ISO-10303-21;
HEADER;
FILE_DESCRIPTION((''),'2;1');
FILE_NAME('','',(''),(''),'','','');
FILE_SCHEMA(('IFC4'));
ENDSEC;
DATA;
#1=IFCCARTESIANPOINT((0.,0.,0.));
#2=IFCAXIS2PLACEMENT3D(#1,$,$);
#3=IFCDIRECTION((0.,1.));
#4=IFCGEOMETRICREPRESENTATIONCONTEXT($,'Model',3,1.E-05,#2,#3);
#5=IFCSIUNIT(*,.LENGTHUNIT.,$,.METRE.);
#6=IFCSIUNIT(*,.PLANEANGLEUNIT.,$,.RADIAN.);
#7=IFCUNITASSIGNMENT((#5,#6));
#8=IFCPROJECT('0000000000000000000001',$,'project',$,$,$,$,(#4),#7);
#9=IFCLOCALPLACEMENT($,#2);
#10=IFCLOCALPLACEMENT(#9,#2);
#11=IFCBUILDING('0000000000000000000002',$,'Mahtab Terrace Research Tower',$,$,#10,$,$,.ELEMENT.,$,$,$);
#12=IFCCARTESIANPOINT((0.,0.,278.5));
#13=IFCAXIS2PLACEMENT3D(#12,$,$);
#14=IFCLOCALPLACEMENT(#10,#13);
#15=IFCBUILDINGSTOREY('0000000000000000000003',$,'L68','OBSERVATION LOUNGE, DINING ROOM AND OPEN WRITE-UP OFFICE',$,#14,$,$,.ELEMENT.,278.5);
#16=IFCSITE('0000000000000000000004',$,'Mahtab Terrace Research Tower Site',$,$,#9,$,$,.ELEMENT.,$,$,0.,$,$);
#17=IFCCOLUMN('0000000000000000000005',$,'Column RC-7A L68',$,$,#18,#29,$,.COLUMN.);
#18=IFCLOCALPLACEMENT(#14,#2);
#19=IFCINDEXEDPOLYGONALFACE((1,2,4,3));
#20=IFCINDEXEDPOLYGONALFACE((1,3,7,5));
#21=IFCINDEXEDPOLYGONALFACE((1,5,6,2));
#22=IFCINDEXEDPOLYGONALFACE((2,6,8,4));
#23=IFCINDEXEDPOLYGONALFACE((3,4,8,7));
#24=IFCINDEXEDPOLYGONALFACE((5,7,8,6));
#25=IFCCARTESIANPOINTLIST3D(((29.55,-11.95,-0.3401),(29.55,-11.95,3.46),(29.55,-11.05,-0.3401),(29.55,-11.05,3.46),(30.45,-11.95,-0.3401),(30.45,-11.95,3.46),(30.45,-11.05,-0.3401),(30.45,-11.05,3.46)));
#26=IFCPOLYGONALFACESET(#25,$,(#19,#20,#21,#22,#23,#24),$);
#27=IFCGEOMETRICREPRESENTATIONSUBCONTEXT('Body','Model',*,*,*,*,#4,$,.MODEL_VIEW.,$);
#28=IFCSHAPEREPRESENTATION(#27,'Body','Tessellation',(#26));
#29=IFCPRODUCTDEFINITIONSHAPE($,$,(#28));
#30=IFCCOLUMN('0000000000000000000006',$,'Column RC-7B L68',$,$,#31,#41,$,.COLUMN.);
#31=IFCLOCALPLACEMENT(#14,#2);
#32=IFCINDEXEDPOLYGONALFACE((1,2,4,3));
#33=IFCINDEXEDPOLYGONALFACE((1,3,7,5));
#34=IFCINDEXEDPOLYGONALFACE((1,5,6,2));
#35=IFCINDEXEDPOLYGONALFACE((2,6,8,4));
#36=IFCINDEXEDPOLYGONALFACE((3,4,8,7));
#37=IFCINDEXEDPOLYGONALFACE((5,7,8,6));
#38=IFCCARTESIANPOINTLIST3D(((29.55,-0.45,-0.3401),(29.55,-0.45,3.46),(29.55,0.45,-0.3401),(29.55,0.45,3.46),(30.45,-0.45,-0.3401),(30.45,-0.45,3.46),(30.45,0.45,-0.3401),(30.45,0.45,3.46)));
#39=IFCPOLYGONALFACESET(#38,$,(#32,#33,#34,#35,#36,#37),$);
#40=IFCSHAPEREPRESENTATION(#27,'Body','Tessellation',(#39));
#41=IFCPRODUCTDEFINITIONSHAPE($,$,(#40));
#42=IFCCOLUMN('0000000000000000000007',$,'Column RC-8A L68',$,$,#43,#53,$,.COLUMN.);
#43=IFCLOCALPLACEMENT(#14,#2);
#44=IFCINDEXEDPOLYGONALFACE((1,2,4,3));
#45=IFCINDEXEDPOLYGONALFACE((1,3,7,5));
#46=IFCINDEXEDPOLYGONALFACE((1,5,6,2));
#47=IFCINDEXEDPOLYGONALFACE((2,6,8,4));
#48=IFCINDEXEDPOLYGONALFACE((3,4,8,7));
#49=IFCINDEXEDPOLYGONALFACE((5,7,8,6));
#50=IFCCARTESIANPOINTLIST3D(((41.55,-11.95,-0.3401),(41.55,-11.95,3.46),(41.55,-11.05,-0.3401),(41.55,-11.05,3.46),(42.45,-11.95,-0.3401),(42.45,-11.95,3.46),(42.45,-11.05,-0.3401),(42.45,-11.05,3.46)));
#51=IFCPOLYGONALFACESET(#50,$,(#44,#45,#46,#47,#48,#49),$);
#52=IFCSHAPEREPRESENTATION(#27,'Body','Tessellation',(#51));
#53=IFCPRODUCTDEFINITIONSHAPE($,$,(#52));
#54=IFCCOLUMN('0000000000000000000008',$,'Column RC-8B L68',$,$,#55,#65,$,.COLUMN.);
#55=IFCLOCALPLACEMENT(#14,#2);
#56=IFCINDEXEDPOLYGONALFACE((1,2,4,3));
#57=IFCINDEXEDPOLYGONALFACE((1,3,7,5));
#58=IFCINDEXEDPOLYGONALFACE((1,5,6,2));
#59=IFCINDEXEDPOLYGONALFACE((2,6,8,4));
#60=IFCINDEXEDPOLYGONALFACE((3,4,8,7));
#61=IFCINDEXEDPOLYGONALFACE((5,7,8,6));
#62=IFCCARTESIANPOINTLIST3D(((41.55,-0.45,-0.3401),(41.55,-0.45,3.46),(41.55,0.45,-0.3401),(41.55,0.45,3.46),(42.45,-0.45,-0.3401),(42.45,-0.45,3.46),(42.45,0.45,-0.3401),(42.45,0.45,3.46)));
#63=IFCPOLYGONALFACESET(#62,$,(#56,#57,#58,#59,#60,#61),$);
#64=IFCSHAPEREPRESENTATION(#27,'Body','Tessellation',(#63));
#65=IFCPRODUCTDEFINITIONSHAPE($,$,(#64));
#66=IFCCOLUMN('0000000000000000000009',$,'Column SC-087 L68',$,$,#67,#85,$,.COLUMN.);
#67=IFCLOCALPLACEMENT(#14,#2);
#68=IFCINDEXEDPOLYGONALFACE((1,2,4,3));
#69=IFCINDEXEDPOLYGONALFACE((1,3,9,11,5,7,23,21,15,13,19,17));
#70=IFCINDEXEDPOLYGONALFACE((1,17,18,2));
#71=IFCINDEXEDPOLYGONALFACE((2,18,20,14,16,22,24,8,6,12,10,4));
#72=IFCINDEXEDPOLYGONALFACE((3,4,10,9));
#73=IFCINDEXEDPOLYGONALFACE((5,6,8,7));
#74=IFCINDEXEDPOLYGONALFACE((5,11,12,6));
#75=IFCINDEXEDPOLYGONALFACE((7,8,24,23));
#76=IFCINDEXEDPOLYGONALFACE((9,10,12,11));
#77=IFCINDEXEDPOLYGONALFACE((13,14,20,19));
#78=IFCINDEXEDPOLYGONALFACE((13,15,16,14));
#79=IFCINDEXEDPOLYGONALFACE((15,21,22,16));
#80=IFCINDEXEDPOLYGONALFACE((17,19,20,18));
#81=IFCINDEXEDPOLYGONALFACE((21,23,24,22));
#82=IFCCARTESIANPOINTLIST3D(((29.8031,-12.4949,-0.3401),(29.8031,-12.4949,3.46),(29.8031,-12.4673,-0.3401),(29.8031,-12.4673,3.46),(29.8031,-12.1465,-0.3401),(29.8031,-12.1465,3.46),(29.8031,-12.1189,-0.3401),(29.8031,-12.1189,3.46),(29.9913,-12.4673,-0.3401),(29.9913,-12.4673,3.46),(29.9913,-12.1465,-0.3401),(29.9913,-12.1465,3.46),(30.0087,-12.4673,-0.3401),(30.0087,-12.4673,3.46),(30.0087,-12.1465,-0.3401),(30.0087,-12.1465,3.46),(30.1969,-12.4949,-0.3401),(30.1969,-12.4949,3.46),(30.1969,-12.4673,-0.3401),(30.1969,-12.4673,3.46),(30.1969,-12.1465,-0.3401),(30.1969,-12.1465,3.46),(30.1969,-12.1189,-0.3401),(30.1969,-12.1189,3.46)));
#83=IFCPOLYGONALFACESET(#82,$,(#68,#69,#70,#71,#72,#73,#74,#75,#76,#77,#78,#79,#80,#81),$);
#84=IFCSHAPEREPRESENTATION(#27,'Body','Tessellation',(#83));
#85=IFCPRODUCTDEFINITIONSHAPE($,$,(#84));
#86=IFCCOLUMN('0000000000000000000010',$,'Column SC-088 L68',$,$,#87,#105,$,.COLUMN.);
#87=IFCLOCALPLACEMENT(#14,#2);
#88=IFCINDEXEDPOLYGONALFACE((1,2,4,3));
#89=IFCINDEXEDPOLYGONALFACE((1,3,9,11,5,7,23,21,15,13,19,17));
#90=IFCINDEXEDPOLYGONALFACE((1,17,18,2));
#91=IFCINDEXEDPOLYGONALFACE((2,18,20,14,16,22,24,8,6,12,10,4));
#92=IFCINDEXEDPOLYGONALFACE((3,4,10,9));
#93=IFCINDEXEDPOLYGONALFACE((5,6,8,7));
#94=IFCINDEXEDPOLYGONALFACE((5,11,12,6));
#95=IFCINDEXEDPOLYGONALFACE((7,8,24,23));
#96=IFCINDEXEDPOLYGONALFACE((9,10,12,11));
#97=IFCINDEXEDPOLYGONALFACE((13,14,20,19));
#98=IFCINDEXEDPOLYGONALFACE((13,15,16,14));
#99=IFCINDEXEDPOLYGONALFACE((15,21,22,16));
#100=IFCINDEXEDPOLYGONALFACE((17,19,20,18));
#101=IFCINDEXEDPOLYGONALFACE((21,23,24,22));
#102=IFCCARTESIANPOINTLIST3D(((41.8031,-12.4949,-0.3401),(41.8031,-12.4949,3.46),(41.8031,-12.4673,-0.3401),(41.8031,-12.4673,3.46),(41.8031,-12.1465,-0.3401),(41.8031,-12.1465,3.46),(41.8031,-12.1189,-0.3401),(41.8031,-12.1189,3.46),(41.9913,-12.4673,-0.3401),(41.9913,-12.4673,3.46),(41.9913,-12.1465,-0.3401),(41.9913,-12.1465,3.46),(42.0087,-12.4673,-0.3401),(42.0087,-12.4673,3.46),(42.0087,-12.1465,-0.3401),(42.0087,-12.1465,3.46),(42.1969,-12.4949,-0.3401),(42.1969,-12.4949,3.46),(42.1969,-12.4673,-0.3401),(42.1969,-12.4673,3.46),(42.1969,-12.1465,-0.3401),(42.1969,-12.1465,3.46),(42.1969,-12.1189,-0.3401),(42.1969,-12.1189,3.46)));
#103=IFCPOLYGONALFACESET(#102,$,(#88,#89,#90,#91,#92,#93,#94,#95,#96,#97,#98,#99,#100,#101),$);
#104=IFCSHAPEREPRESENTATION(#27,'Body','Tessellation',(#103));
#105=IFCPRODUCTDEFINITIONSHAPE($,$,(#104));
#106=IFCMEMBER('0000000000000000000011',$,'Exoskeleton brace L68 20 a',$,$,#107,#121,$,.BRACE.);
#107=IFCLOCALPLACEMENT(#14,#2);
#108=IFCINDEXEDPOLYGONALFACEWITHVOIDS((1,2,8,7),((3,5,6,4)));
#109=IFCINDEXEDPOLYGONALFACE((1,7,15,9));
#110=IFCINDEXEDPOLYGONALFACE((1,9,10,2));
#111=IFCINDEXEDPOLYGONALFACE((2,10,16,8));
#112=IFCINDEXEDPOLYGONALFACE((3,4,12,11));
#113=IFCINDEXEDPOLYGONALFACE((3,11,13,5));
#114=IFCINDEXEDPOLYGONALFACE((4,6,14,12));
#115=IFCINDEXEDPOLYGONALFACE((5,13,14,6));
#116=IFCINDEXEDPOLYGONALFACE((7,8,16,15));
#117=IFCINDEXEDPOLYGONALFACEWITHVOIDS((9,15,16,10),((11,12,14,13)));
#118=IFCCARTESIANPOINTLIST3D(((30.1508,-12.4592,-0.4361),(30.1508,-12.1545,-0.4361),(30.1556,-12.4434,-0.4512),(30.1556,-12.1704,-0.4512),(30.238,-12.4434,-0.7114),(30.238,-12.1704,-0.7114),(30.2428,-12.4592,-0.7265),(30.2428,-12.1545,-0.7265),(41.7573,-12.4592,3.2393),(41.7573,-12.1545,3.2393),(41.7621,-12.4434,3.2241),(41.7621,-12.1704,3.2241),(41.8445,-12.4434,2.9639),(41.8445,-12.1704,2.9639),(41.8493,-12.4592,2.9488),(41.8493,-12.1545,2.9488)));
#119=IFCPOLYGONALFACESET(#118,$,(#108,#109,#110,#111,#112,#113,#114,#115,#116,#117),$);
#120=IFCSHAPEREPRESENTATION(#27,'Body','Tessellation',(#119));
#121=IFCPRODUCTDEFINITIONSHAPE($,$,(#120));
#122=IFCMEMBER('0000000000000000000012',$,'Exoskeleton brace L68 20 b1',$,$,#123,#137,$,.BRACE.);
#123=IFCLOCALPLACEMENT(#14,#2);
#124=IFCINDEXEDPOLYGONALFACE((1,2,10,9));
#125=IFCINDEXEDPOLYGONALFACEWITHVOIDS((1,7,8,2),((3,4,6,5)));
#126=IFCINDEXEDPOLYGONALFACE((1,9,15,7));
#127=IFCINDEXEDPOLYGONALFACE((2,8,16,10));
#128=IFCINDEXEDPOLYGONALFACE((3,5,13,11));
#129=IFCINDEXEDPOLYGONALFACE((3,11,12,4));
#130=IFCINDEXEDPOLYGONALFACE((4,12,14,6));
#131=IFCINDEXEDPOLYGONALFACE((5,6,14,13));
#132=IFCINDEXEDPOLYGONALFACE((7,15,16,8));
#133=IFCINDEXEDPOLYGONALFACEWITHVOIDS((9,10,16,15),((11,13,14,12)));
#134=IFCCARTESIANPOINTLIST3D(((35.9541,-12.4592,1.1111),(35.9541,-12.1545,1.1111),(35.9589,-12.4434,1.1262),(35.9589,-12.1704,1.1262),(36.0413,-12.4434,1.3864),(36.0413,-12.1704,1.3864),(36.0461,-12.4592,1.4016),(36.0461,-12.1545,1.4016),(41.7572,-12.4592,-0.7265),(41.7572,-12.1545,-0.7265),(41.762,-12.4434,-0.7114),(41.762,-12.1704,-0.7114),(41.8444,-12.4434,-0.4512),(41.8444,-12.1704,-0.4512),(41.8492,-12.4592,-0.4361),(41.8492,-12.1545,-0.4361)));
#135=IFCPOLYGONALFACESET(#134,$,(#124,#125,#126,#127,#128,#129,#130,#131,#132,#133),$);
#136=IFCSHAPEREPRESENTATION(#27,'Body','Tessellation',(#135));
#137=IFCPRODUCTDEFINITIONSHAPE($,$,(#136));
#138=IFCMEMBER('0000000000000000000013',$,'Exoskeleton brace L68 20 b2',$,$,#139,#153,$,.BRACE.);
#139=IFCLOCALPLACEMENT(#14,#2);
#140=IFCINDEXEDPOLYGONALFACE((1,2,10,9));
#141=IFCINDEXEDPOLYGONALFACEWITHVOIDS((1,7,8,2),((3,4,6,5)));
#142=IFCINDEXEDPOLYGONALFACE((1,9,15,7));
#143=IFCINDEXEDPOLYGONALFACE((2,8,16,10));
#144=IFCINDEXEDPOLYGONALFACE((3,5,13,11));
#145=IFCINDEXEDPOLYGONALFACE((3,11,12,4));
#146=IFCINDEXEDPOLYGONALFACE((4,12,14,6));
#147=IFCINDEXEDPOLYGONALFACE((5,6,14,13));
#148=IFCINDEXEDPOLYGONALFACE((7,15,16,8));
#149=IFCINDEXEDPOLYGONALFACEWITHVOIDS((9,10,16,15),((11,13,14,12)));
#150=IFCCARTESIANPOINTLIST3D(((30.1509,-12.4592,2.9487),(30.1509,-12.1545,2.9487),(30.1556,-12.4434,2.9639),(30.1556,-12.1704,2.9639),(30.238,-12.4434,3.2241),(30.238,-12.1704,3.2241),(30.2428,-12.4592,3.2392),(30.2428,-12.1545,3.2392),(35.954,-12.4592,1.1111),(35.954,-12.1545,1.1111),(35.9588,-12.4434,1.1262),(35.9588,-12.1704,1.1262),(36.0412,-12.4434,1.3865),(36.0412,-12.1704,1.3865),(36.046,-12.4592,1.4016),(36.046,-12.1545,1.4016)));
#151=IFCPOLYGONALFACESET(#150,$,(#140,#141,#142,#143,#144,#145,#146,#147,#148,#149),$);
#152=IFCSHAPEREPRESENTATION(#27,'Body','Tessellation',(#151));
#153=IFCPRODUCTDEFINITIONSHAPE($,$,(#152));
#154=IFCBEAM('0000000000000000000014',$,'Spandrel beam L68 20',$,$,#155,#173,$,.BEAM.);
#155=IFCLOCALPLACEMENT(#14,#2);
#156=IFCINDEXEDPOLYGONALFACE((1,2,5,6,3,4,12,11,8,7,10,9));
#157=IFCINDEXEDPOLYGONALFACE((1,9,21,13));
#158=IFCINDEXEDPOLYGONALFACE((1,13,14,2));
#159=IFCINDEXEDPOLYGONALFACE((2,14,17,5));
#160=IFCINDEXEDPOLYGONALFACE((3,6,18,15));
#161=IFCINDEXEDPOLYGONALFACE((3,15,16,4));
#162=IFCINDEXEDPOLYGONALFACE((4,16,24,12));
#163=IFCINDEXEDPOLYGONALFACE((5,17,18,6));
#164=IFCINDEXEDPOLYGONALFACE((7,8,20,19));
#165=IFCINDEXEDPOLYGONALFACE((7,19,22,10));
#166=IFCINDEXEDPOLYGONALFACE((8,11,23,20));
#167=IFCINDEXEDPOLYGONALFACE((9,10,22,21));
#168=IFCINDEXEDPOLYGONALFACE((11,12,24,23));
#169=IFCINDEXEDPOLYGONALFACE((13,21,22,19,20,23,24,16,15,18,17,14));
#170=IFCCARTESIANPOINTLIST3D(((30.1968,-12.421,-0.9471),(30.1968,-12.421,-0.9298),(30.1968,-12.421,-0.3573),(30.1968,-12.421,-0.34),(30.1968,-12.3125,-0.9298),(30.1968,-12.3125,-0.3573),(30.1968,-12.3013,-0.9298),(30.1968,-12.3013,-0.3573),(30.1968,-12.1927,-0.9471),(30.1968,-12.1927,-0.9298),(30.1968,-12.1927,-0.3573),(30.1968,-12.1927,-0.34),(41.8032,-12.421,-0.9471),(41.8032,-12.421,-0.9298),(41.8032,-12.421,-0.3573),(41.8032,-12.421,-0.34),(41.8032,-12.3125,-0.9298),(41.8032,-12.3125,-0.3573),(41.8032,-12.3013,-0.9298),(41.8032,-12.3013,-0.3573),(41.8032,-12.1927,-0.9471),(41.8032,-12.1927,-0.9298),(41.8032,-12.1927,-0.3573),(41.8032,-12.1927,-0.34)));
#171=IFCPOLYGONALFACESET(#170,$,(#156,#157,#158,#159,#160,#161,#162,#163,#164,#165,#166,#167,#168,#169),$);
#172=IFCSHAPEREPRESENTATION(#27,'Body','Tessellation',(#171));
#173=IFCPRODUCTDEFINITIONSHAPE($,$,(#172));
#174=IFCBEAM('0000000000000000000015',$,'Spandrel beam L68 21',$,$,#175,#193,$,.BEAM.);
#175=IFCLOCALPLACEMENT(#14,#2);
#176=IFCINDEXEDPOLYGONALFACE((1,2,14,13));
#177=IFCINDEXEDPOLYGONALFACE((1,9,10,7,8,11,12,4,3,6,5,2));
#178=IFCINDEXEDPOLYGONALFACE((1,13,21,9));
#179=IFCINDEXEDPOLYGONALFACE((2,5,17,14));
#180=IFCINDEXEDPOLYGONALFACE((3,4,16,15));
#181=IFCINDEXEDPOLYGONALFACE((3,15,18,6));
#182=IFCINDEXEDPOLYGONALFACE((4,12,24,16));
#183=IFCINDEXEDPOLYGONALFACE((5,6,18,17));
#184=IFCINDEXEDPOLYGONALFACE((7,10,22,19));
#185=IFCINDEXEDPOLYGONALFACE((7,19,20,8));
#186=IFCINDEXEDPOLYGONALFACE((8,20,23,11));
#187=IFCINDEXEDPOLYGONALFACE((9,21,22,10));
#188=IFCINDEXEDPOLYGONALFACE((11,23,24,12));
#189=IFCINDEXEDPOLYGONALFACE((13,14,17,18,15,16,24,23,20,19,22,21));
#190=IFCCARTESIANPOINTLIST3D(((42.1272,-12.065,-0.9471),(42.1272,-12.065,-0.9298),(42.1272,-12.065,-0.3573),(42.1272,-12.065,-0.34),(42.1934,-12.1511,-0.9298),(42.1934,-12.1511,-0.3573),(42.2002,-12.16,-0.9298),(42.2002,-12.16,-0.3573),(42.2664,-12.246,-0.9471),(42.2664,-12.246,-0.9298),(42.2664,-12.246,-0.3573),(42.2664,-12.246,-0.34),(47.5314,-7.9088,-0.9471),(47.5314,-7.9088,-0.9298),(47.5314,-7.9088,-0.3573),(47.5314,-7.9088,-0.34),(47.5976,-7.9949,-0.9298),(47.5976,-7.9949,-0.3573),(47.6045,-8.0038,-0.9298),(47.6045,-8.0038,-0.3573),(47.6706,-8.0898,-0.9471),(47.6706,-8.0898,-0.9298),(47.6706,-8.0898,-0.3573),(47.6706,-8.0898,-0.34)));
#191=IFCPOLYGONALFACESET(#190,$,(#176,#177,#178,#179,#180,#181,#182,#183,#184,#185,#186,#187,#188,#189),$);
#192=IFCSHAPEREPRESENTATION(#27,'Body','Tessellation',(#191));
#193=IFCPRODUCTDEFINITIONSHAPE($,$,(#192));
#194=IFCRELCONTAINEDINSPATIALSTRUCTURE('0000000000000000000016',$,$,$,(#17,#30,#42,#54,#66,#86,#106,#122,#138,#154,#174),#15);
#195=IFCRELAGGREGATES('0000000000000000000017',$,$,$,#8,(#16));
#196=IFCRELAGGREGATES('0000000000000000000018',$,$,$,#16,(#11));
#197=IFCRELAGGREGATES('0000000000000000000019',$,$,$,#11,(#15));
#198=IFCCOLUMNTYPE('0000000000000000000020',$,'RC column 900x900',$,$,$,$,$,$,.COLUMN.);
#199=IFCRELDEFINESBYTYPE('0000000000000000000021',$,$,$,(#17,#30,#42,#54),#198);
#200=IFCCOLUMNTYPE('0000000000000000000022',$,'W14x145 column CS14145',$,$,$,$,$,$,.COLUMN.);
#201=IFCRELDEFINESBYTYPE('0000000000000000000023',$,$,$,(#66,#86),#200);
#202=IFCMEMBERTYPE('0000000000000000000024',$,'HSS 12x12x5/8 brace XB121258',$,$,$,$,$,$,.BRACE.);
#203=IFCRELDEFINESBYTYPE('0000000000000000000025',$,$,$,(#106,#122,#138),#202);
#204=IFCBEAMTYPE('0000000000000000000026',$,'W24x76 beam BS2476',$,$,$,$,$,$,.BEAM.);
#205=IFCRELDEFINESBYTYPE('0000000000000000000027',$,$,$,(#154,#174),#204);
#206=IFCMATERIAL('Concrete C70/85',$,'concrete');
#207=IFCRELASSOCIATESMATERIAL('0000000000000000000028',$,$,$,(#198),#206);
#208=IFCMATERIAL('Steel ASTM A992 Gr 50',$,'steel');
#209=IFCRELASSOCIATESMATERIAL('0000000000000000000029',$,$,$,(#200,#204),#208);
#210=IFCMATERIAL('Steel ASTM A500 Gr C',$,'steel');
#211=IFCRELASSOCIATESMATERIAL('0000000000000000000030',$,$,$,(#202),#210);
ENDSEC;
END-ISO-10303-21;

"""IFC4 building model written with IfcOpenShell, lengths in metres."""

from ifc_helpers import new_model, si_unit, direction, frame, origin, origin_2d, place, context, subcontext, project, spatial, rectangle, hollow_rectangle, i_section, extrude, material, material_profile, profile_set, type_object, element, save


model = new_model("IFC4")

# Units and contexts
model_context = context("Model", 3, precision=1e-05, world=origin(), true_north=direction((0.0, 1.0)))
body_context = subcontext(model_context, "Body", "Model", "MODEL_VIEW")
ifc_project = project(units=[si_unit("LENGTHUNIT", "METRE"), si_unit("PLANEANGLEUNIT", "RADIAN")], contexts=[model_context])

# Site, building, storey
site_placement = place(None, origin())
site = spatial("IfcSite", under=ifc_project, at=site_placement, Name="Mahtab Terrace Research Tower Site", CompositionType="ELEMENT", RefElevation=0.0)
building_placement = place(site_placement, origin())
building = spatial("IfcBuilding", under=site, at=building_placement, Name="Mahtab Terrace Research Tower", CompositionType="ELEMENT")
storey_placement = place(building_placement, frame((0.0, 0.0, 278.5)))
storey = spatial("IfcBuildingStorey", under=building, at=storey_placement, Name="L68", Description="OBSERVATION LOUNGE, DINING ROOM AND OPEN WRITE-UP OFFICE", CompositionType="ELEMENT", Elevation=278.5)

# Columns
ifc_material_1 = material(Name="Concrete C70/85", Category="concrete")
ifc_material_profile_1 = material_profile(ifc_material_1, rectangle(XDim=0.8999, YDim=0.8999, at=origin_2d()), Name="RC column 900x900")
ifc_profile_set_1 = profile_set([ifc_material_profile_1], Name="Concrete C70/85")
column_type_1 = type_object("IfcColumnType", Name="RC column 900x900", PredefinedType="COLUMN", material=ifc_profile_set_1)
for number, where, z_axis, x_axis, name in (
    (1, (30.0, -11.5, -0.3401), (0.0, 0.0, 1.0), (1.0, 0.0, 0.0), "Column RC-7A L68"),
    (2, (30.0, 0.0, -0.3401), (0.0, 0.0, 1.0), (1.0, 0.0, 0.0), "Column RC-7B L68"),
    (3, (42.0, -11.5, -0.3401), (0.0, 0.0, 1.0), (1.0, 0.0, 0.0), "Column RC-8A L68"),
    (4, (42.0, 0.0, -0.3401), (0.0, 0.0, 1.0), (1.0, 0.0, 0.0), "Column RC-8B L68"),
):
    element("IfcColumn", number, at=place(storey_placement, frame(where, z_axis=z_axis, x_axis=x_axis)), inside=storey, type_object=column_type_1, Name=name, PredefinedType="COLUMN", context=body_context, shape_type="SweptSolid", body=[
        extrude(rectangle(XDim=0.8999, YDim=0.8999, at=origin_2d()), origin(), (0.0, 0.0, 1.0), 3.8),
    ])
ifc_material_2 = material(Name="Steel ASTM A992 Gr 50", Category="steel")
ifc_material_profile_2 = material_profile(ifc_material_2, i_section(OverallWidth=0.3938, OverallDepth=0.376, WebThickness=0.0173, FlangeThickness=0.0276, at=origin_2d()), Name="W14X145")
ifc_profile_set_2 = profile_set([ifc_material_profile_2], Name="Steel ASTM A992 Gr 50")
column_type_2 = type_object("IfcColumnType", Name="W14x145 column CS14145", PredefinedType="COLUMN", material=ifc_profile_set_2)
for number, where, z_axis, x_axis, name in (
    (5, (30.0, -12.3069, -0.3401), (0.0, 0.0, 1.0), (1.0, 0.0, 0.0), "Column SC-087 L68"),
    (6, (42.0, -12.3069, -0.3401), (0.0, 0.0, 1.0), (1.0, 0.0, 0.0), "Column SC-088 L68"),
):
    element("IfcColumn", number, at=place(storey_placement, frame(where, z_axis=z_axis, x_axis=x_axis)), inside=storey, type_object=column_type_2, Name=name, PredefinedType="COLUMN", context=body_context, shape_type="SweptSolid", body=[
        extrude(i_section(OverallWidth=0.3938, OverallDepth=0.376, WebThickness=0.0173, FlangeThickness=0.0276, at=origin_2d()), origin(), (0.0, 0.0, 1.0), 3.8),
    ])

# Members
ifc_material_3 = material(Name="Steel ASTM A500 Gr C", Category="steel")
ifc_material_profile_3 = material_profile(ifc_material_3, hollow_rectangle(XDim=0.3047, YDim=0.3047, WallThickness=0.0159, at=origin_2d()), Name="HSS12X12X5/8")
ifc_profile_set_3 = profile_set([ifc_material_profile_3], Name="Steel ASTM A500 Gr C")
member_type = type_object("IfcMemberType", Name="HSS 12x12x5/8 brace XB121258", PredefinedType="BRACE", material=ifc_profile_set_3)
member_placement = place(storey_placement, frame((30.1968, -12.3069, -0.5813), z_axis=(0.953344, 0.0, 0.301886), x_axis=(0.0, 1.0, 0.0)))
element("IfcMember", 7, at=member_placement, inside=storey, type_object=member_type, Name="Exoskeleton brace L68 20 a", PredefinedType="BRACE", context=body_context, shape_type="SweptSolid", body=[
    extrude(hollow_rectangle(XDim=0.3047, YDim=0.3047, WallThickness=0.0159, at=origin_2d()), origin(), (0.0, 0.0, 1.0), 12.1746),
])
for number, where, z_axis, x_axis, name in (
    (8, (41.8032, -12.3069, -0.5813), (-0.953344, 0.0, 0.301886), (0.0, -1.0, 0.0), "Exoskeleton brace L68 20 b1"),
    (9, (36.0, -12.3069, 1.2563), (-0.953344, 0.0, 0.301886), (0.0, -1.0, 0.0), "Exoskeleton brace L68 20 b2"),
):
    element("IfcMember", number, at=place(storey_placement, frame(where, z_axis=z_axis, x_axis=x_axis)), inside=storey, type_object=member_type, Name=name, PredefinedType="BRACE", context=body_context, shape_type="SweptSolid", body=[
        extrude(hollow_rectangle(XDim=0.3047, YDim=0.3047, WallThickness=0.0159, at=origin_2d()), origin(), (0.0, 0.0, 1.0), 6.0872),
    ])

# Beams
ifc_material_profile_4 = material_profile(ifc_material_2, i_section(OverallWidth=0.2283, OverallDepth=0.6072, WebThickness=0.0112, FlangeThickness=0.0173, at=origin_2d()), Name="W24X76")
ifc_profile_set_4 = profile_set([ifc_material_profile_4], Name="Steel ASTM A992 Gr 50")
beam_type = type_object("IfcBeamType", Name="W24x76 beam BS2476", PredefinedType="BEAM", material=ifc_profile_set_4)
beam_1_placement = place(storey_placement, frame((30.1968, -12.3069, -0.6436), z_axis=(1.0, 0.0, 0.0), x_axis=(0.0, 1.0, 0.0)))
element("IfcBeam", 10, at=beam_1_placement, inside=storey, type_object=beam_type, Name="Spandrel beam L68 20", PredefinedType="BEAM", context=body_context, shape_type="SweptSolid", body=[
    extrude(i_section(OverallWidth=0.2283, OverallDepth=0.6072, WebThickness=0.0112, FlangeThickness=0.0173, at=origin_2d()), origin(), (0.0, 0.0, 1.0), 11.6064),
])
beam_2_placement = place(storey_placement, frame((42.1968, -12.1555, -0.6436), z_axis=(0.792688, 0.609628, 0.0), x_axis=(-0.609628, 0.792688, 0.0)))
element("IfcBeam", 11, at=beam_2_placement, inside=storey, type_object=beam_type, Name="Spandrel beam L68 21", PredefinedType="BEAM", context=body_context, shape_type="SweptSolid", body=[
    extrude(i_section(OverallWidth=0.2283, OverallDepth=0.6072, WebThickness=0.0112, FlangeThickness=0.0173, at=origin_2d()), origin(), (0.0, 0.0, 1.0), 6.8176),
])

save(model, "model.ifc")
